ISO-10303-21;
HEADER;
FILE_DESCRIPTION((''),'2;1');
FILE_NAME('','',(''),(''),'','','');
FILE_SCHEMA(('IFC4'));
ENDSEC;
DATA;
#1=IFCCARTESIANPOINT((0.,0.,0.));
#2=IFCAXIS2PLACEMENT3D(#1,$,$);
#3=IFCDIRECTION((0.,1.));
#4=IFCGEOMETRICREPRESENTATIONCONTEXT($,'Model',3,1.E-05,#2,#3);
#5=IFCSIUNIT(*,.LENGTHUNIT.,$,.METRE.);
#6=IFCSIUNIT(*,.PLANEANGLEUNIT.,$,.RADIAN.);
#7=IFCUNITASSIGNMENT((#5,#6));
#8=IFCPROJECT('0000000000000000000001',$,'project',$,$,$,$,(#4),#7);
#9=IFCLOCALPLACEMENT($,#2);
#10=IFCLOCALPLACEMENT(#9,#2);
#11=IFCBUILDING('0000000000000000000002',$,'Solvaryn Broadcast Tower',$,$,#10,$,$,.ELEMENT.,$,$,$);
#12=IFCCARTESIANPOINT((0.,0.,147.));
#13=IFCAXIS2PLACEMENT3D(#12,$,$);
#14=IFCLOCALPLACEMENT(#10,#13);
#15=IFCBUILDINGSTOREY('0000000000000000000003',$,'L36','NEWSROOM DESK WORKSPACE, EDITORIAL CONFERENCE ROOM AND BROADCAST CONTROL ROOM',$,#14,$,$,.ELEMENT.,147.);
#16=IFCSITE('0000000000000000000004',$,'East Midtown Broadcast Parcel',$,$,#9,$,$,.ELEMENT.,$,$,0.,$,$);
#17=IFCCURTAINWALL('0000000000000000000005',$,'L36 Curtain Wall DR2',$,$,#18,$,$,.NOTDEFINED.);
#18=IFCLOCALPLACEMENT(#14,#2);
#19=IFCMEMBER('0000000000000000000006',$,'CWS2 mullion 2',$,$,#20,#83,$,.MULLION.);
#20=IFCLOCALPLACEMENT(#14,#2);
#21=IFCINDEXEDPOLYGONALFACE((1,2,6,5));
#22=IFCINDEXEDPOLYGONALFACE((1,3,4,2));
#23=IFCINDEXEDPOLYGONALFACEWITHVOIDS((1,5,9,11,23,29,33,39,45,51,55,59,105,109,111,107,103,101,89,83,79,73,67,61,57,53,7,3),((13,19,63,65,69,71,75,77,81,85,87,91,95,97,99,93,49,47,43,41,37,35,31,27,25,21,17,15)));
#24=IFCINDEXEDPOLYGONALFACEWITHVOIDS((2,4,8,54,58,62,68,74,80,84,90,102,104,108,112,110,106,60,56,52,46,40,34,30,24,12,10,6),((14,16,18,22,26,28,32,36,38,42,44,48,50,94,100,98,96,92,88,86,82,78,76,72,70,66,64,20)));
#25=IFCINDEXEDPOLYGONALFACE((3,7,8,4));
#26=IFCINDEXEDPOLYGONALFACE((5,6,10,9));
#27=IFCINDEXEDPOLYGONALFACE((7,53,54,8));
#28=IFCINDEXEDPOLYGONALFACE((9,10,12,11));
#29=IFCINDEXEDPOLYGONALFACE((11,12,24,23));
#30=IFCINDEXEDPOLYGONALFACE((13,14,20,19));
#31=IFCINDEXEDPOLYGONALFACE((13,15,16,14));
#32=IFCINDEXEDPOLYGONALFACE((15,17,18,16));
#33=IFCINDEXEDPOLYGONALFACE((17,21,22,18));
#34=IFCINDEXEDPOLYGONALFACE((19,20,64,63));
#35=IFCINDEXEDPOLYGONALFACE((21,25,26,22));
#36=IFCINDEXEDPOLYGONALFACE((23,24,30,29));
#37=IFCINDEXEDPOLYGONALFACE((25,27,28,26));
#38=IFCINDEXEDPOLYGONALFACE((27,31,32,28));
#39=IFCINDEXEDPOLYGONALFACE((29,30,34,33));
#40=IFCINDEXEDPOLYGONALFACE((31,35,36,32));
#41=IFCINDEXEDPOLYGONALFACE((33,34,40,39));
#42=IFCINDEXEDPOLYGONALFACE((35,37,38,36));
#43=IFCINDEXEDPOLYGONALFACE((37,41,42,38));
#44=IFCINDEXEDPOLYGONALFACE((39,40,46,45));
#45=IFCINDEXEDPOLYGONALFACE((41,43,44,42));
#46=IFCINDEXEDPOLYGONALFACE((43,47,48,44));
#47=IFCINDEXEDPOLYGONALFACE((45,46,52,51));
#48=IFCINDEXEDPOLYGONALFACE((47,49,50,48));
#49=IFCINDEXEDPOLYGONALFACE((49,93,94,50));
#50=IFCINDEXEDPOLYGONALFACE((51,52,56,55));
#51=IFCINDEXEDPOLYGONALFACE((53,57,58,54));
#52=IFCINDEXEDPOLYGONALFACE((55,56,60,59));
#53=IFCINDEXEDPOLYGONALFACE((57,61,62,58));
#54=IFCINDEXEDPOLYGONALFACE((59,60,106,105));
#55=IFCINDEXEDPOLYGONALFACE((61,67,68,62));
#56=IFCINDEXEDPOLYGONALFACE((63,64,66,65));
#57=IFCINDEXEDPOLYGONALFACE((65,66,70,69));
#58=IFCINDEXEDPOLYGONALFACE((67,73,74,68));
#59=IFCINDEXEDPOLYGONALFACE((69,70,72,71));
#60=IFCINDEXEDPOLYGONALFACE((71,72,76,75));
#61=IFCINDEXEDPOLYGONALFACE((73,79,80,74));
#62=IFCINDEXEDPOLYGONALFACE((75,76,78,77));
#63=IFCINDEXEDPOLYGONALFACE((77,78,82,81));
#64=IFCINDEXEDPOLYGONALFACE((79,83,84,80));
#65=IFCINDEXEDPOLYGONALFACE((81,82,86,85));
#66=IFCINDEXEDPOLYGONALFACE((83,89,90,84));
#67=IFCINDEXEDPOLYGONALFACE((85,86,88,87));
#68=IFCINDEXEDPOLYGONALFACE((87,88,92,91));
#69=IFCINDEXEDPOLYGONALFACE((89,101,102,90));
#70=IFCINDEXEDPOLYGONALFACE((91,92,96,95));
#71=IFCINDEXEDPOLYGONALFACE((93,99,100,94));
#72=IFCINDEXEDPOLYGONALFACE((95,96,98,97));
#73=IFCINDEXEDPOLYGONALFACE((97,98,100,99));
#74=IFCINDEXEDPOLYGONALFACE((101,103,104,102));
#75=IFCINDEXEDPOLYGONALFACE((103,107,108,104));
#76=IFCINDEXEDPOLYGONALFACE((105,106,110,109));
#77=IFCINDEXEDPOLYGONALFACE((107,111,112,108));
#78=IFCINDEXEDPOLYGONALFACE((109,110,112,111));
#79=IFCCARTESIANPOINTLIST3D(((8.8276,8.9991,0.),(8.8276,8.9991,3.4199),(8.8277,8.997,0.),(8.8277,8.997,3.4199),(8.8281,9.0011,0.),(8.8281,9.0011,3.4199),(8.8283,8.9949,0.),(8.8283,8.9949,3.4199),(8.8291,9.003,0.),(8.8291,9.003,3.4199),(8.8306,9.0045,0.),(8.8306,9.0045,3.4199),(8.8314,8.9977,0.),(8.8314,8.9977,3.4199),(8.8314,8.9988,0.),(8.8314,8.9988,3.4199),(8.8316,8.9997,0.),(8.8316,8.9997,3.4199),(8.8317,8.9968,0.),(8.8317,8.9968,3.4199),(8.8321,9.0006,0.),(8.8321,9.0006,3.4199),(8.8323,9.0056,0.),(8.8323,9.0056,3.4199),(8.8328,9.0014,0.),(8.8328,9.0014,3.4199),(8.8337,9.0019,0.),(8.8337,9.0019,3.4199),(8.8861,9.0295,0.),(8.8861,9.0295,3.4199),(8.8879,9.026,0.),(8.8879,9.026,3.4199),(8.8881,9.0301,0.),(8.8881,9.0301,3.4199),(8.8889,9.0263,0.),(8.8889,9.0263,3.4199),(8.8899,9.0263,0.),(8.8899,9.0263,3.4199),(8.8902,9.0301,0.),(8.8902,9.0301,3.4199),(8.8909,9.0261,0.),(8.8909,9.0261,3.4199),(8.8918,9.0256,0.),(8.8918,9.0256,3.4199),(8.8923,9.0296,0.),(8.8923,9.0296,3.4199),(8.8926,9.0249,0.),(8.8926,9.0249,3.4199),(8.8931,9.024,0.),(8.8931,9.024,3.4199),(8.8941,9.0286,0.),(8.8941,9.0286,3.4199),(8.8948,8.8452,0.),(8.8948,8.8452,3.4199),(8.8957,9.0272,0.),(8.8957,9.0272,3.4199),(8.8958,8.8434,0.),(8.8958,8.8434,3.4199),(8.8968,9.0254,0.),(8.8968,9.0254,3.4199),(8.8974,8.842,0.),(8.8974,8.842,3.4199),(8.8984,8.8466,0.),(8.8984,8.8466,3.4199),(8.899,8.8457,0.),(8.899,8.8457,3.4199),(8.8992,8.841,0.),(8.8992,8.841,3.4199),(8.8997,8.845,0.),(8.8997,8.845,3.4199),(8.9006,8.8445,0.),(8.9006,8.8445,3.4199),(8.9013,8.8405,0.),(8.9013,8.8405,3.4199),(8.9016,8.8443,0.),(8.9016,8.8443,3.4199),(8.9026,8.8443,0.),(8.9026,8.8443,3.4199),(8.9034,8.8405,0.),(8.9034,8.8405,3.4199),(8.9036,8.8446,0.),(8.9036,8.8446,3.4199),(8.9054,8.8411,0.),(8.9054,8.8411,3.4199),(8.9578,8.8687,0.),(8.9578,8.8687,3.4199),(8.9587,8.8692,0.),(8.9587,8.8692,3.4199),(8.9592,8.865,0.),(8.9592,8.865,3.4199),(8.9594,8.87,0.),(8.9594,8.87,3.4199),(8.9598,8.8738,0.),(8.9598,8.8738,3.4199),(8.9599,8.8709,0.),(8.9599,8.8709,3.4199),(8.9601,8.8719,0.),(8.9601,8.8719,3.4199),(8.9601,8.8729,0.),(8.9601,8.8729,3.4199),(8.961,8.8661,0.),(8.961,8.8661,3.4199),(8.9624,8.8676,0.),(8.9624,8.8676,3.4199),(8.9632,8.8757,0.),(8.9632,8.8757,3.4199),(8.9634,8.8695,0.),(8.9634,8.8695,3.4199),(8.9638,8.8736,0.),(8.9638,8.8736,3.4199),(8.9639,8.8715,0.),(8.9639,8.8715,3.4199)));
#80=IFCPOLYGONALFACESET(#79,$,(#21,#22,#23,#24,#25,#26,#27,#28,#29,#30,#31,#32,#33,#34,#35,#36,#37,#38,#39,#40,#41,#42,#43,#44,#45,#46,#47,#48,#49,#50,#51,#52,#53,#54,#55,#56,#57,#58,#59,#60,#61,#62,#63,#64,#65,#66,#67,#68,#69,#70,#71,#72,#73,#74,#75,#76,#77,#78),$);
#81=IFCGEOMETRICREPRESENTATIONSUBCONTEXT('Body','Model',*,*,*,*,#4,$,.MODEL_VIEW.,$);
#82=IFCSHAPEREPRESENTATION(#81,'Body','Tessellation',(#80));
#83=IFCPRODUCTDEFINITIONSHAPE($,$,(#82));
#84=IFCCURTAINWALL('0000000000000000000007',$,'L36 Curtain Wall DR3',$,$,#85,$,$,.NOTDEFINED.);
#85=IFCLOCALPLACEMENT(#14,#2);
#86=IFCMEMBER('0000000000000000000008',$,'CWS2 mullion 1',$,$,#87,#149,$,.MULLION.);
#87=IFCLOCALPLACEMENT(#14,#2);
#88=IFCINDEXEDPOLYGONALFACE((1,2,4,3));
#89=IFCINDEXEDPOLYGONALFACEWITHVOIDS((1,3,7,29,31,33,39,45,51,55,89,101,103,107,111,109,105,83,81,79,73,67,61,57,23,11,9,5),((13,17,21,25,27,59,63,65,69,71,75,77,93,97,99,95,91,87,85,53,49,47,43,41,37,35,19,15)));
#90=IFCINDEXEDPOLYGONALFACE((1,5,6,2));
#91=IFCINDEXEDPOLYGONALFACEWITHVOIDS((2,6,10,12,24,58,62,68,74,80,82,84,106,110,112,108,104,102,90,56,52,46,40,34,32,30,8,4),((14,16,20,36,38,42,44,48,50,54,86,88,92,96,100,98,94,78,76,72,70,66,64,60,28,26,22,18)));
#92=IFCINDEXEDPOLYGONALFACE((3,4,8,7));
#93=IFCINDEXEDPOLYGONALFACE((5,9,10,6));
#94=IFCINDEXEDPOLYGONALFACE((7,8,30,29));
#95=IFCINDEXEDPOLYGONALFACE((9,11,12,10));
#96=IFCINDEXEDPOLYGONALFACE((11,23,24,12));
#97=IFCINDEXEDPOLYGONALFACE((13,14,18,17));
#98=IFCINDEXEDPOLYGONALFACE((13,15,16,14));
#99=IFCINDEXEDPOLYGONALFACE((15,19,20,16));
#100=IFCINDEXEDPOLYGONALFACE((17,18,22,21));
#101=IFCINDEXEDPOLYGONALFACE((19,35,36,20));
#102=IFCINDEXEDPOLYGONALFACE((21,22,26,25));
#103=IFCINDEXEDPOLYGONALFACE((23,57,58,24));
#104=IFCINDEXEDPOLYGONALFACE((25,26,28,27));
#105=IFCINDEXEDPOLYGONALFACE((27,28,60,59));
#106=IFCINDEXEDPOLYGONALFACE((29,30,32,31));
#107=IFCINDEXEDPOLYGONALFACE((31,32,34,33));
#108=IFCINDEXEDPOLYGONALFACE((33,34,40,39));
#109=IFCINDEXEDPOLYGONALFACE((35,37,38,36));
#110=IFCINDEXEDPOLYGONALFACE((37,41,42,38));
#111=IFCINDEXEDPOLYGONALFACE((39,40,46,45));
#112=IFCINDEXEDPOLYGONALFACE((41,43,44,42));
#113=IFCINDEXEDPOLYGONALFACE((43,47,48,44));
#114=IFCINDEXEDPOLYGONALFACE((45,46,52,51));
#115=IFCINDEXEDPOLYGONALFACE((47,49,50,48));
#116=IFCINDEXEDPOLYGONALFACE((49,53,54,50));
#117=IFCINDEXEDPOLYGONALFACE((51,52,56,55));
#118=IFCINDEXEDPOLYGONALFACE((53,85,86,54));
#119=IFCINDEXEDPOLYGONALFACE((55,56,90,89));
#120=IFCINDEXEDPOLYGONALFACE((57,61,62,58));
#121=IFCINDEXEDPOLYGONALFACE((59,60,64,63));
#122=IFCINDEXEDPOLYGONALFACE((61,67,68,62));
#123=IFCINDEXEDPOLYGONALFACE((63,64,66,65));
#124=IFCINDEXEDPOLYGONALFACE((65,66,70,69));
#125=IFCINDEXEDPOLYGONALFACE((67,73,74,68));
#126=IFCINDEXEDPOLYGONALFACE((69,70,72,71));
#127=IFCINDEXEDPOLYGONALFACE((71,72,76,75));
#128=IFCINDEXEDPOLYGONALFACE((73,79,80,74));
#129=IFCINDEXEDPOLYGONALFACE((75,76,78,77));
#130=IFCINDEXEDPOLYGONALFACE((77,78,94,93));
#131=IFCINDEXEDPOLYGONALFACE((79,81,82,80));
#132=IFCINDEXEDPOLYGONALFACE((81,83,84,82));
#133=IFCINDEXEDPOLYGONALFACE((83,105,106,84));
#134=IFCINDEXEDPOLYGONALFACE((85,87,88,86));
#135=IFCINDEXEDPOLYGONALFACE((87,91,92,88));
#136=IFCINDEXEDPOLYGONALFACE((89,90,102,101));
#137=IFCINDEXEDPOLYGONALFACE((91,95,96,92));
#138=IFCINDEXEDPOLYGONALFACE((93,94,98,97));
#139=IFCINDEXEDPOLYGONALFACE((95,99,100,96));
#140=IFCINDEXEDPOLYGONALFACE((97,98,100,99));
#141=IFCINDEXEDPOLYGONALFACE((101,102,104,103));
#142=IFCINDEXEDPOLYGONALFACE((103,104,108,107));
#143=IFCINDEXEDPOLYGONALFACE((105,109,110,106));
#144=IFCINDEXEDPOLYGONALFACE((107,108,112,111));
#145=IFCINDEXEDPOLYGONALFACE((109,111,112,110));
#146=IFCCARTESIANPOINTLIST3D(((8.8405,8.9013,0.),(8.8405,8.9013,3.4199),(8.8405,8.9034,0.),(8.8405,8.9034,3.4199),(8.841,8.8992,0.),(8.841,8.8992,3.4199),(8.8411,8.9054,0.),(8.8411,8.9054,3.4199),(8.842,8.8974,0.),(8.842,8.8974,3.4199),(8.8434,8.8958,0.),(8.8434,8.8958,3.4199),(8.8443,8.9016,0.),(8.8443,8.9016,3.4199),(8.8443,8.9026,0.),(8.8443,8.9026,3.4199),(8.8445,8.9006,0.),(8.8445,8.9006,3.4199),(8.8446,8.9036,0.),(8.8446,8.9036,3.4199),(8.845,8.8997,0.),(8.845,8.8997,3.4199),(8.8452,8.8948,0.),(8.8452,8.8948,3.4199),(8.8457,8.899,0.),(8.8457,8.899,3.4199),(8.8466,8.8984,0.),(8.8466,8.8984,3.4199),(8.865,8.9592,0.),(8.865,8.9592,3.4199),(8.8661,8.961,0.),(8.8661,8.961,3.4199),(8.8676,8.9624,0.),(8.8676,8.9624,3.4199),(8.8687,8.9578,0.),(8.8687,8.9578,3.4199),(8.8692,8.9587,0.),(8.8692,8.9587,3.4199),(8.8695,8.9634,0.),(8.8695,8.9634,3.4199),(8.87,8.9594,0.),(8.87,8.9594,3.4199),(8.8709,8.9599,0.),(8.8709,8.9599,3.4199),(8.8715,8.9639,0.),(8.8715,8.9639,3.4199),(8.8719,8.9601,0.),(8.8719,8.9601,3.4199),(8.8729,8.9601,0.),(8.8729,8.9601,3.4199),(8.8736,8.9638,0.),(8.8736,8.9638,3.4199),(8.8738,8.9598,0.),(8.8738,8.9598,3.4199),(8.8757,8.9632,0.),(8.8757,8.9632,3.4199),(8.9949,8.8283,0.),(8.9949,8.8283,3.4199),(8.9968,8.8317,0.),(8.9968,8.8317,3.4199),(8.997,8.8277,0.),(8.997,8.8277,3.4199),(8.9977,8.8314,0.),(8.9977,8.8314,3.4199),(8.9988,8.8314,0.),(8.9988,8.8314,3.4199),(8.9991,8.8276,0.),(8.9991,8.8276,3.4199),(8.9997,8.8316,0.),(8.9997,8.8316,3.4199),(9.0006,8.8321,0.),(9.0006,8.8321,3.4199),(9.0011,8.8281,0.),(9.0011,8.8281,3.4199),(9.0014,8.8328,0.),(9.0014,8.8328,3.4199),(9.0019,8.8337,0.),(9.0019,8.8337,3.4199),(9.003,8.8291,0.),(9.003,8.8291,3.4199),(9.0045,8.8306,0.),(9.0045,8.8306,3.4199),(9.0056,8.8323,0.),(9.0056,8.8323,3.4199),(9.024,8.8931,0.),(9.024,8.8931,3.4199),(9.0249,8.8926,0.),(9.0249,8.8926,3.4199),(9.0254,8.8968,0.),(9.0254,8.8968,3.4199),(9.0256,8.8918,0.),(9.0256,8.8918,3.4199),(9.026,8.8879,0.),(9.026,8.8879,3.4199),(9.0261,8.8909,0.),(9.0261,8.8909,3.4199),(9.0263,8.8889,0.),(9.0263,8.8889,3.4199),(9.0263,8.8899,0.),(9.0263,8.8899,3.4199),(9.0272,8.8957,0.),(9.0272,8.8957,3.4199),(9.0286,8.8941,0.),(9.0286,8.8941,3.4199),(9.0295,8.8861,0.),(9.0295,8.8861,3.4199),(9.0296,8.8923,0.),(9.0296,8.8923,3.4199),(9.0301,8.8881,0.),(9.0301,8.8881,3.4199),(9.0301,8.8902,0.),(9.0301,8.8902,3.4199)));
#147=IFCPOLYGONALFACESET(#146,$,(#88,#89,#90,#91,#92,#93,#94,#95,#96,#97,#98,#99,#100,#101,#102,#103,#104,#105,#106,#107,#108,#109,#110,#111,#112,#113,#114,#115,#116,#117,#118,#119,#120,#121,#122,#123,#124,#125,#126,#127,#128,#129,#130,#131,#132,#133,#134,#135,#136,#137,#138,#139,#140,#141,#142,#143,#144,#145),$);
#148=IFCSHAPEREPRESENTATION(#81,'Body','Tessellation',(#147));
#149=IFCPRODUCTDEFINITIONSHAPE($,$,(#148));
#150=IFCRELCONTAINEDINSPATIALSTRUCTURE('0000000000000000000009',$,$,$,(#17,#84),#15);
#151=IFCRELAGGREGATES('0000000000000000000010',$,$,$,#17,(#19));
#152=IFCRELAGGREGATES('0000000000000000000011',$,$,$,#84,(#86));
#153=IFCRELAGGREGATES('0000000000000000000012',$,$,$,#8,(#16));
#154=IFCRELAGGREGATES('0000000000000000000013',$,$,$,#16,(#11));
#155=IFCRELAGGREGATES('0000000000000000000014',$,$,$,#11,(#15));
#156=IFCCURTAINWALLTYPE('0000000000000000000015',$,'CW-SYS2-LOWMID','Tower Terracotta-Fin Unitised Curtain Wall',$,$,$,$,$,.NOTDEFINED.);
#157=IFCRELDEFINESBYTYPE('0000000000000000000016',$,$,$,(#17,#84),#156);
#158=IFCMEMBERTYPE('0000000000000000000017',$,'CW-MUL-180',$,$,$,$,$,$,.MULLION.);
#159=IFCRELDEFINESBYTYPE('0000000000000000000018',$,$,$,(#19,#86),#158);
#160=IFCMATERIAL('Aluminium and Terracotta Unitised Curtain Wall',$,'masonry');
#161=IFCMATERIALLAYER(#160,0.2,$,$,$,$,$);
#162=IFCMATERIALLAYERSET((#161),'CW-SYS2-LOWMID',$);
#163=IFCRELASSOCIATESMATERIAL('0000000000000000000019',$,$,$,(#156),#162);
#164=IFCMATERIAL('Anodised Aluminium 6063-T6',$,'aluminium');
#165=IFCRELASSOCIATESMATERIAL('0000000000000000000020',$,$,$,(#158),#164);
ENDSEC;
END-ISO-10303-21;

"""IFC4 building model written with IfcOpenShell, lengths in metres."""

from ifc_helpers import new_model, si_unit, direction, frame, origin, origin_2d, place, context, subcontext, project, spatial, hollow_rectangle, extrude, material, layer, layer_set, material_profile, profile_set, type_object, element, aggregate, save


model = new_model("IFC4")

# Units and contexts
model_context = context("Model", 3, precision=1e-05, world=origin(), true_north=direction((0.0, 1.0)))
body_context = subcontext(model_context, "Body", "Model", "MODEL_VIEW")
ifc_project = project(units=[si_unit("LENGTHUNIT", "METRE"), si_unit("PLANEANGLEUNIT", "RADIAN")], contexts=[model_context])

# Site, building, storey
site_placement = place(None, origin())
site = spatial("IfcSite", under=ifc_project, at=site_placement, Name="East Midtown Broadcast Parcel", CompositionType="ELEMENT", RefElevation=0.0)
building_placement = place(site_placement, origin())
building = spatial("IfcBuilding", under=site, at=building_placement, Name="Solvaryn Broadcast Tower", CompositionType="ELEMENT")
storey_placement = place(building_placement, frame((0.0, 0.0, 147.0)))
storey = spatial("IfcBuildingStorey", under=building, at=storey_placement, Name="L36", Description="NEWSROOM DESK WORKSPACE, EDITORIAL CONFERENCE ROOM AND BROADCAST CONTROL ROOM", CompositionType="ELEMENT", Elevation=147.0)

# Curtain wall, member
ifc_material_1 = material(Name="Aluminium and Terracotta Unitised Curtain Wall", Category="masonry")
ifc_layer_1 = layer(ifc_material_1, 0.2)
ifc_layer_set_1 = layer_set([ifc_layer_1], Name="CW-SYS2-LOWMID")
curtain_wall_type = type_object("IfcCurtainWallType", Name="CW-SYS2-LOWMID", Description="Tower Terracotta-Fin Unitised Curtain Wall", PredefinedType="NOTDEFINED", material=ifc_layer_set_1)
curtain_wall_1_placement = place(storey_placement, origin())
curtain_wall_1 = element("IfcCurtainWall", 1, at=curtain_wall_1_placement, inside=storey, type_object=curtain_wall_type, Name="L36 Curtain Wall DR2", PredefinedType="NOTDEFINED")
ifc_material_2 = material(Name="Anodised Aluminium 6063-T6", Category="aluminium")
ifc_material_profile_1 = material_profile(ifc_material_2, hollow_rectangle(XDim=0.075, YDim=0.1799, WallThickness=0.0039, InnerFilletRadius=0.0039, OuterFilletRadius=0.0081, at=origin_2d()))
ifc_profile_set_1 = profile_set([ifc_material_profile_1], Name="Anodised Aluminium 6063-T6")
member_type_1 = type_object("IfcMemberType", Name="CW-MUL-180", PredefinedType="MULLION", material=ifc_profile_set_1)
member_1_placement = place(storey_placement, frame((8.8958, 8.9353, 0.0), z_axis=(0.0, 0.0, 1.0), x_axis=(0.913909, 0.405918, 0.0)))
member_1 = element("IfcMember", 2, at=member_1_placement, type_object=member_type_1, Name="CWS2 mullion 2", PredefinedType="MULLION", context=body_context, shape_type="SweptSolid", body=[
    extrude(hollow_rectangle(XDim=0.075, YDim=0.1799, WallThickness=0.0039, InnerFilletRadius=0.0039, OuterFilletRadius=0.0081, at=origin_2d()), origin(), (0.0, 0.0, 1.0), 3.4199),
])
aggregate(curtain_wall_1, [member_1])

# Curtain wall, member
curtain_wall_2_placement = place(storey_placement, origin())
curtain_wall_2 = element("IfcCurtainWall", 3, at=curtain_wall_2_placement, inside=storey, type_object=curtain_wall_type, Name="L36 Curtain Wall DR3", PredefinedType="NOTDEFINED")
member_2_placement = place(storey_placement, frame((8.9353, 8.8958, 0.0), z_axis=(0.0, 0.0, 1.0), x_axis=(0.405918, 0.913909, 0.0)))
member_2 = element("IfcMember", 4, at=member_2_placement, type_object=member_type_1, Name="CWS2 mullion 1", PredefinedType="MULLION", context=body_context, shape_type="SweptSolid", body=[
    extrude(hollow_rectangle(XDim=0.075, YDim=0.1799, WallThickness=0.0039, InnerFilletRadius=0.0039, OuterFilletRadius=0.0081, at=origin_2d()), origin(), (0.0, 0.0, 1.0), 3.4199),
])
aggregate(curtain_wall_2, [member_2])

save(model, "model.ifc")
